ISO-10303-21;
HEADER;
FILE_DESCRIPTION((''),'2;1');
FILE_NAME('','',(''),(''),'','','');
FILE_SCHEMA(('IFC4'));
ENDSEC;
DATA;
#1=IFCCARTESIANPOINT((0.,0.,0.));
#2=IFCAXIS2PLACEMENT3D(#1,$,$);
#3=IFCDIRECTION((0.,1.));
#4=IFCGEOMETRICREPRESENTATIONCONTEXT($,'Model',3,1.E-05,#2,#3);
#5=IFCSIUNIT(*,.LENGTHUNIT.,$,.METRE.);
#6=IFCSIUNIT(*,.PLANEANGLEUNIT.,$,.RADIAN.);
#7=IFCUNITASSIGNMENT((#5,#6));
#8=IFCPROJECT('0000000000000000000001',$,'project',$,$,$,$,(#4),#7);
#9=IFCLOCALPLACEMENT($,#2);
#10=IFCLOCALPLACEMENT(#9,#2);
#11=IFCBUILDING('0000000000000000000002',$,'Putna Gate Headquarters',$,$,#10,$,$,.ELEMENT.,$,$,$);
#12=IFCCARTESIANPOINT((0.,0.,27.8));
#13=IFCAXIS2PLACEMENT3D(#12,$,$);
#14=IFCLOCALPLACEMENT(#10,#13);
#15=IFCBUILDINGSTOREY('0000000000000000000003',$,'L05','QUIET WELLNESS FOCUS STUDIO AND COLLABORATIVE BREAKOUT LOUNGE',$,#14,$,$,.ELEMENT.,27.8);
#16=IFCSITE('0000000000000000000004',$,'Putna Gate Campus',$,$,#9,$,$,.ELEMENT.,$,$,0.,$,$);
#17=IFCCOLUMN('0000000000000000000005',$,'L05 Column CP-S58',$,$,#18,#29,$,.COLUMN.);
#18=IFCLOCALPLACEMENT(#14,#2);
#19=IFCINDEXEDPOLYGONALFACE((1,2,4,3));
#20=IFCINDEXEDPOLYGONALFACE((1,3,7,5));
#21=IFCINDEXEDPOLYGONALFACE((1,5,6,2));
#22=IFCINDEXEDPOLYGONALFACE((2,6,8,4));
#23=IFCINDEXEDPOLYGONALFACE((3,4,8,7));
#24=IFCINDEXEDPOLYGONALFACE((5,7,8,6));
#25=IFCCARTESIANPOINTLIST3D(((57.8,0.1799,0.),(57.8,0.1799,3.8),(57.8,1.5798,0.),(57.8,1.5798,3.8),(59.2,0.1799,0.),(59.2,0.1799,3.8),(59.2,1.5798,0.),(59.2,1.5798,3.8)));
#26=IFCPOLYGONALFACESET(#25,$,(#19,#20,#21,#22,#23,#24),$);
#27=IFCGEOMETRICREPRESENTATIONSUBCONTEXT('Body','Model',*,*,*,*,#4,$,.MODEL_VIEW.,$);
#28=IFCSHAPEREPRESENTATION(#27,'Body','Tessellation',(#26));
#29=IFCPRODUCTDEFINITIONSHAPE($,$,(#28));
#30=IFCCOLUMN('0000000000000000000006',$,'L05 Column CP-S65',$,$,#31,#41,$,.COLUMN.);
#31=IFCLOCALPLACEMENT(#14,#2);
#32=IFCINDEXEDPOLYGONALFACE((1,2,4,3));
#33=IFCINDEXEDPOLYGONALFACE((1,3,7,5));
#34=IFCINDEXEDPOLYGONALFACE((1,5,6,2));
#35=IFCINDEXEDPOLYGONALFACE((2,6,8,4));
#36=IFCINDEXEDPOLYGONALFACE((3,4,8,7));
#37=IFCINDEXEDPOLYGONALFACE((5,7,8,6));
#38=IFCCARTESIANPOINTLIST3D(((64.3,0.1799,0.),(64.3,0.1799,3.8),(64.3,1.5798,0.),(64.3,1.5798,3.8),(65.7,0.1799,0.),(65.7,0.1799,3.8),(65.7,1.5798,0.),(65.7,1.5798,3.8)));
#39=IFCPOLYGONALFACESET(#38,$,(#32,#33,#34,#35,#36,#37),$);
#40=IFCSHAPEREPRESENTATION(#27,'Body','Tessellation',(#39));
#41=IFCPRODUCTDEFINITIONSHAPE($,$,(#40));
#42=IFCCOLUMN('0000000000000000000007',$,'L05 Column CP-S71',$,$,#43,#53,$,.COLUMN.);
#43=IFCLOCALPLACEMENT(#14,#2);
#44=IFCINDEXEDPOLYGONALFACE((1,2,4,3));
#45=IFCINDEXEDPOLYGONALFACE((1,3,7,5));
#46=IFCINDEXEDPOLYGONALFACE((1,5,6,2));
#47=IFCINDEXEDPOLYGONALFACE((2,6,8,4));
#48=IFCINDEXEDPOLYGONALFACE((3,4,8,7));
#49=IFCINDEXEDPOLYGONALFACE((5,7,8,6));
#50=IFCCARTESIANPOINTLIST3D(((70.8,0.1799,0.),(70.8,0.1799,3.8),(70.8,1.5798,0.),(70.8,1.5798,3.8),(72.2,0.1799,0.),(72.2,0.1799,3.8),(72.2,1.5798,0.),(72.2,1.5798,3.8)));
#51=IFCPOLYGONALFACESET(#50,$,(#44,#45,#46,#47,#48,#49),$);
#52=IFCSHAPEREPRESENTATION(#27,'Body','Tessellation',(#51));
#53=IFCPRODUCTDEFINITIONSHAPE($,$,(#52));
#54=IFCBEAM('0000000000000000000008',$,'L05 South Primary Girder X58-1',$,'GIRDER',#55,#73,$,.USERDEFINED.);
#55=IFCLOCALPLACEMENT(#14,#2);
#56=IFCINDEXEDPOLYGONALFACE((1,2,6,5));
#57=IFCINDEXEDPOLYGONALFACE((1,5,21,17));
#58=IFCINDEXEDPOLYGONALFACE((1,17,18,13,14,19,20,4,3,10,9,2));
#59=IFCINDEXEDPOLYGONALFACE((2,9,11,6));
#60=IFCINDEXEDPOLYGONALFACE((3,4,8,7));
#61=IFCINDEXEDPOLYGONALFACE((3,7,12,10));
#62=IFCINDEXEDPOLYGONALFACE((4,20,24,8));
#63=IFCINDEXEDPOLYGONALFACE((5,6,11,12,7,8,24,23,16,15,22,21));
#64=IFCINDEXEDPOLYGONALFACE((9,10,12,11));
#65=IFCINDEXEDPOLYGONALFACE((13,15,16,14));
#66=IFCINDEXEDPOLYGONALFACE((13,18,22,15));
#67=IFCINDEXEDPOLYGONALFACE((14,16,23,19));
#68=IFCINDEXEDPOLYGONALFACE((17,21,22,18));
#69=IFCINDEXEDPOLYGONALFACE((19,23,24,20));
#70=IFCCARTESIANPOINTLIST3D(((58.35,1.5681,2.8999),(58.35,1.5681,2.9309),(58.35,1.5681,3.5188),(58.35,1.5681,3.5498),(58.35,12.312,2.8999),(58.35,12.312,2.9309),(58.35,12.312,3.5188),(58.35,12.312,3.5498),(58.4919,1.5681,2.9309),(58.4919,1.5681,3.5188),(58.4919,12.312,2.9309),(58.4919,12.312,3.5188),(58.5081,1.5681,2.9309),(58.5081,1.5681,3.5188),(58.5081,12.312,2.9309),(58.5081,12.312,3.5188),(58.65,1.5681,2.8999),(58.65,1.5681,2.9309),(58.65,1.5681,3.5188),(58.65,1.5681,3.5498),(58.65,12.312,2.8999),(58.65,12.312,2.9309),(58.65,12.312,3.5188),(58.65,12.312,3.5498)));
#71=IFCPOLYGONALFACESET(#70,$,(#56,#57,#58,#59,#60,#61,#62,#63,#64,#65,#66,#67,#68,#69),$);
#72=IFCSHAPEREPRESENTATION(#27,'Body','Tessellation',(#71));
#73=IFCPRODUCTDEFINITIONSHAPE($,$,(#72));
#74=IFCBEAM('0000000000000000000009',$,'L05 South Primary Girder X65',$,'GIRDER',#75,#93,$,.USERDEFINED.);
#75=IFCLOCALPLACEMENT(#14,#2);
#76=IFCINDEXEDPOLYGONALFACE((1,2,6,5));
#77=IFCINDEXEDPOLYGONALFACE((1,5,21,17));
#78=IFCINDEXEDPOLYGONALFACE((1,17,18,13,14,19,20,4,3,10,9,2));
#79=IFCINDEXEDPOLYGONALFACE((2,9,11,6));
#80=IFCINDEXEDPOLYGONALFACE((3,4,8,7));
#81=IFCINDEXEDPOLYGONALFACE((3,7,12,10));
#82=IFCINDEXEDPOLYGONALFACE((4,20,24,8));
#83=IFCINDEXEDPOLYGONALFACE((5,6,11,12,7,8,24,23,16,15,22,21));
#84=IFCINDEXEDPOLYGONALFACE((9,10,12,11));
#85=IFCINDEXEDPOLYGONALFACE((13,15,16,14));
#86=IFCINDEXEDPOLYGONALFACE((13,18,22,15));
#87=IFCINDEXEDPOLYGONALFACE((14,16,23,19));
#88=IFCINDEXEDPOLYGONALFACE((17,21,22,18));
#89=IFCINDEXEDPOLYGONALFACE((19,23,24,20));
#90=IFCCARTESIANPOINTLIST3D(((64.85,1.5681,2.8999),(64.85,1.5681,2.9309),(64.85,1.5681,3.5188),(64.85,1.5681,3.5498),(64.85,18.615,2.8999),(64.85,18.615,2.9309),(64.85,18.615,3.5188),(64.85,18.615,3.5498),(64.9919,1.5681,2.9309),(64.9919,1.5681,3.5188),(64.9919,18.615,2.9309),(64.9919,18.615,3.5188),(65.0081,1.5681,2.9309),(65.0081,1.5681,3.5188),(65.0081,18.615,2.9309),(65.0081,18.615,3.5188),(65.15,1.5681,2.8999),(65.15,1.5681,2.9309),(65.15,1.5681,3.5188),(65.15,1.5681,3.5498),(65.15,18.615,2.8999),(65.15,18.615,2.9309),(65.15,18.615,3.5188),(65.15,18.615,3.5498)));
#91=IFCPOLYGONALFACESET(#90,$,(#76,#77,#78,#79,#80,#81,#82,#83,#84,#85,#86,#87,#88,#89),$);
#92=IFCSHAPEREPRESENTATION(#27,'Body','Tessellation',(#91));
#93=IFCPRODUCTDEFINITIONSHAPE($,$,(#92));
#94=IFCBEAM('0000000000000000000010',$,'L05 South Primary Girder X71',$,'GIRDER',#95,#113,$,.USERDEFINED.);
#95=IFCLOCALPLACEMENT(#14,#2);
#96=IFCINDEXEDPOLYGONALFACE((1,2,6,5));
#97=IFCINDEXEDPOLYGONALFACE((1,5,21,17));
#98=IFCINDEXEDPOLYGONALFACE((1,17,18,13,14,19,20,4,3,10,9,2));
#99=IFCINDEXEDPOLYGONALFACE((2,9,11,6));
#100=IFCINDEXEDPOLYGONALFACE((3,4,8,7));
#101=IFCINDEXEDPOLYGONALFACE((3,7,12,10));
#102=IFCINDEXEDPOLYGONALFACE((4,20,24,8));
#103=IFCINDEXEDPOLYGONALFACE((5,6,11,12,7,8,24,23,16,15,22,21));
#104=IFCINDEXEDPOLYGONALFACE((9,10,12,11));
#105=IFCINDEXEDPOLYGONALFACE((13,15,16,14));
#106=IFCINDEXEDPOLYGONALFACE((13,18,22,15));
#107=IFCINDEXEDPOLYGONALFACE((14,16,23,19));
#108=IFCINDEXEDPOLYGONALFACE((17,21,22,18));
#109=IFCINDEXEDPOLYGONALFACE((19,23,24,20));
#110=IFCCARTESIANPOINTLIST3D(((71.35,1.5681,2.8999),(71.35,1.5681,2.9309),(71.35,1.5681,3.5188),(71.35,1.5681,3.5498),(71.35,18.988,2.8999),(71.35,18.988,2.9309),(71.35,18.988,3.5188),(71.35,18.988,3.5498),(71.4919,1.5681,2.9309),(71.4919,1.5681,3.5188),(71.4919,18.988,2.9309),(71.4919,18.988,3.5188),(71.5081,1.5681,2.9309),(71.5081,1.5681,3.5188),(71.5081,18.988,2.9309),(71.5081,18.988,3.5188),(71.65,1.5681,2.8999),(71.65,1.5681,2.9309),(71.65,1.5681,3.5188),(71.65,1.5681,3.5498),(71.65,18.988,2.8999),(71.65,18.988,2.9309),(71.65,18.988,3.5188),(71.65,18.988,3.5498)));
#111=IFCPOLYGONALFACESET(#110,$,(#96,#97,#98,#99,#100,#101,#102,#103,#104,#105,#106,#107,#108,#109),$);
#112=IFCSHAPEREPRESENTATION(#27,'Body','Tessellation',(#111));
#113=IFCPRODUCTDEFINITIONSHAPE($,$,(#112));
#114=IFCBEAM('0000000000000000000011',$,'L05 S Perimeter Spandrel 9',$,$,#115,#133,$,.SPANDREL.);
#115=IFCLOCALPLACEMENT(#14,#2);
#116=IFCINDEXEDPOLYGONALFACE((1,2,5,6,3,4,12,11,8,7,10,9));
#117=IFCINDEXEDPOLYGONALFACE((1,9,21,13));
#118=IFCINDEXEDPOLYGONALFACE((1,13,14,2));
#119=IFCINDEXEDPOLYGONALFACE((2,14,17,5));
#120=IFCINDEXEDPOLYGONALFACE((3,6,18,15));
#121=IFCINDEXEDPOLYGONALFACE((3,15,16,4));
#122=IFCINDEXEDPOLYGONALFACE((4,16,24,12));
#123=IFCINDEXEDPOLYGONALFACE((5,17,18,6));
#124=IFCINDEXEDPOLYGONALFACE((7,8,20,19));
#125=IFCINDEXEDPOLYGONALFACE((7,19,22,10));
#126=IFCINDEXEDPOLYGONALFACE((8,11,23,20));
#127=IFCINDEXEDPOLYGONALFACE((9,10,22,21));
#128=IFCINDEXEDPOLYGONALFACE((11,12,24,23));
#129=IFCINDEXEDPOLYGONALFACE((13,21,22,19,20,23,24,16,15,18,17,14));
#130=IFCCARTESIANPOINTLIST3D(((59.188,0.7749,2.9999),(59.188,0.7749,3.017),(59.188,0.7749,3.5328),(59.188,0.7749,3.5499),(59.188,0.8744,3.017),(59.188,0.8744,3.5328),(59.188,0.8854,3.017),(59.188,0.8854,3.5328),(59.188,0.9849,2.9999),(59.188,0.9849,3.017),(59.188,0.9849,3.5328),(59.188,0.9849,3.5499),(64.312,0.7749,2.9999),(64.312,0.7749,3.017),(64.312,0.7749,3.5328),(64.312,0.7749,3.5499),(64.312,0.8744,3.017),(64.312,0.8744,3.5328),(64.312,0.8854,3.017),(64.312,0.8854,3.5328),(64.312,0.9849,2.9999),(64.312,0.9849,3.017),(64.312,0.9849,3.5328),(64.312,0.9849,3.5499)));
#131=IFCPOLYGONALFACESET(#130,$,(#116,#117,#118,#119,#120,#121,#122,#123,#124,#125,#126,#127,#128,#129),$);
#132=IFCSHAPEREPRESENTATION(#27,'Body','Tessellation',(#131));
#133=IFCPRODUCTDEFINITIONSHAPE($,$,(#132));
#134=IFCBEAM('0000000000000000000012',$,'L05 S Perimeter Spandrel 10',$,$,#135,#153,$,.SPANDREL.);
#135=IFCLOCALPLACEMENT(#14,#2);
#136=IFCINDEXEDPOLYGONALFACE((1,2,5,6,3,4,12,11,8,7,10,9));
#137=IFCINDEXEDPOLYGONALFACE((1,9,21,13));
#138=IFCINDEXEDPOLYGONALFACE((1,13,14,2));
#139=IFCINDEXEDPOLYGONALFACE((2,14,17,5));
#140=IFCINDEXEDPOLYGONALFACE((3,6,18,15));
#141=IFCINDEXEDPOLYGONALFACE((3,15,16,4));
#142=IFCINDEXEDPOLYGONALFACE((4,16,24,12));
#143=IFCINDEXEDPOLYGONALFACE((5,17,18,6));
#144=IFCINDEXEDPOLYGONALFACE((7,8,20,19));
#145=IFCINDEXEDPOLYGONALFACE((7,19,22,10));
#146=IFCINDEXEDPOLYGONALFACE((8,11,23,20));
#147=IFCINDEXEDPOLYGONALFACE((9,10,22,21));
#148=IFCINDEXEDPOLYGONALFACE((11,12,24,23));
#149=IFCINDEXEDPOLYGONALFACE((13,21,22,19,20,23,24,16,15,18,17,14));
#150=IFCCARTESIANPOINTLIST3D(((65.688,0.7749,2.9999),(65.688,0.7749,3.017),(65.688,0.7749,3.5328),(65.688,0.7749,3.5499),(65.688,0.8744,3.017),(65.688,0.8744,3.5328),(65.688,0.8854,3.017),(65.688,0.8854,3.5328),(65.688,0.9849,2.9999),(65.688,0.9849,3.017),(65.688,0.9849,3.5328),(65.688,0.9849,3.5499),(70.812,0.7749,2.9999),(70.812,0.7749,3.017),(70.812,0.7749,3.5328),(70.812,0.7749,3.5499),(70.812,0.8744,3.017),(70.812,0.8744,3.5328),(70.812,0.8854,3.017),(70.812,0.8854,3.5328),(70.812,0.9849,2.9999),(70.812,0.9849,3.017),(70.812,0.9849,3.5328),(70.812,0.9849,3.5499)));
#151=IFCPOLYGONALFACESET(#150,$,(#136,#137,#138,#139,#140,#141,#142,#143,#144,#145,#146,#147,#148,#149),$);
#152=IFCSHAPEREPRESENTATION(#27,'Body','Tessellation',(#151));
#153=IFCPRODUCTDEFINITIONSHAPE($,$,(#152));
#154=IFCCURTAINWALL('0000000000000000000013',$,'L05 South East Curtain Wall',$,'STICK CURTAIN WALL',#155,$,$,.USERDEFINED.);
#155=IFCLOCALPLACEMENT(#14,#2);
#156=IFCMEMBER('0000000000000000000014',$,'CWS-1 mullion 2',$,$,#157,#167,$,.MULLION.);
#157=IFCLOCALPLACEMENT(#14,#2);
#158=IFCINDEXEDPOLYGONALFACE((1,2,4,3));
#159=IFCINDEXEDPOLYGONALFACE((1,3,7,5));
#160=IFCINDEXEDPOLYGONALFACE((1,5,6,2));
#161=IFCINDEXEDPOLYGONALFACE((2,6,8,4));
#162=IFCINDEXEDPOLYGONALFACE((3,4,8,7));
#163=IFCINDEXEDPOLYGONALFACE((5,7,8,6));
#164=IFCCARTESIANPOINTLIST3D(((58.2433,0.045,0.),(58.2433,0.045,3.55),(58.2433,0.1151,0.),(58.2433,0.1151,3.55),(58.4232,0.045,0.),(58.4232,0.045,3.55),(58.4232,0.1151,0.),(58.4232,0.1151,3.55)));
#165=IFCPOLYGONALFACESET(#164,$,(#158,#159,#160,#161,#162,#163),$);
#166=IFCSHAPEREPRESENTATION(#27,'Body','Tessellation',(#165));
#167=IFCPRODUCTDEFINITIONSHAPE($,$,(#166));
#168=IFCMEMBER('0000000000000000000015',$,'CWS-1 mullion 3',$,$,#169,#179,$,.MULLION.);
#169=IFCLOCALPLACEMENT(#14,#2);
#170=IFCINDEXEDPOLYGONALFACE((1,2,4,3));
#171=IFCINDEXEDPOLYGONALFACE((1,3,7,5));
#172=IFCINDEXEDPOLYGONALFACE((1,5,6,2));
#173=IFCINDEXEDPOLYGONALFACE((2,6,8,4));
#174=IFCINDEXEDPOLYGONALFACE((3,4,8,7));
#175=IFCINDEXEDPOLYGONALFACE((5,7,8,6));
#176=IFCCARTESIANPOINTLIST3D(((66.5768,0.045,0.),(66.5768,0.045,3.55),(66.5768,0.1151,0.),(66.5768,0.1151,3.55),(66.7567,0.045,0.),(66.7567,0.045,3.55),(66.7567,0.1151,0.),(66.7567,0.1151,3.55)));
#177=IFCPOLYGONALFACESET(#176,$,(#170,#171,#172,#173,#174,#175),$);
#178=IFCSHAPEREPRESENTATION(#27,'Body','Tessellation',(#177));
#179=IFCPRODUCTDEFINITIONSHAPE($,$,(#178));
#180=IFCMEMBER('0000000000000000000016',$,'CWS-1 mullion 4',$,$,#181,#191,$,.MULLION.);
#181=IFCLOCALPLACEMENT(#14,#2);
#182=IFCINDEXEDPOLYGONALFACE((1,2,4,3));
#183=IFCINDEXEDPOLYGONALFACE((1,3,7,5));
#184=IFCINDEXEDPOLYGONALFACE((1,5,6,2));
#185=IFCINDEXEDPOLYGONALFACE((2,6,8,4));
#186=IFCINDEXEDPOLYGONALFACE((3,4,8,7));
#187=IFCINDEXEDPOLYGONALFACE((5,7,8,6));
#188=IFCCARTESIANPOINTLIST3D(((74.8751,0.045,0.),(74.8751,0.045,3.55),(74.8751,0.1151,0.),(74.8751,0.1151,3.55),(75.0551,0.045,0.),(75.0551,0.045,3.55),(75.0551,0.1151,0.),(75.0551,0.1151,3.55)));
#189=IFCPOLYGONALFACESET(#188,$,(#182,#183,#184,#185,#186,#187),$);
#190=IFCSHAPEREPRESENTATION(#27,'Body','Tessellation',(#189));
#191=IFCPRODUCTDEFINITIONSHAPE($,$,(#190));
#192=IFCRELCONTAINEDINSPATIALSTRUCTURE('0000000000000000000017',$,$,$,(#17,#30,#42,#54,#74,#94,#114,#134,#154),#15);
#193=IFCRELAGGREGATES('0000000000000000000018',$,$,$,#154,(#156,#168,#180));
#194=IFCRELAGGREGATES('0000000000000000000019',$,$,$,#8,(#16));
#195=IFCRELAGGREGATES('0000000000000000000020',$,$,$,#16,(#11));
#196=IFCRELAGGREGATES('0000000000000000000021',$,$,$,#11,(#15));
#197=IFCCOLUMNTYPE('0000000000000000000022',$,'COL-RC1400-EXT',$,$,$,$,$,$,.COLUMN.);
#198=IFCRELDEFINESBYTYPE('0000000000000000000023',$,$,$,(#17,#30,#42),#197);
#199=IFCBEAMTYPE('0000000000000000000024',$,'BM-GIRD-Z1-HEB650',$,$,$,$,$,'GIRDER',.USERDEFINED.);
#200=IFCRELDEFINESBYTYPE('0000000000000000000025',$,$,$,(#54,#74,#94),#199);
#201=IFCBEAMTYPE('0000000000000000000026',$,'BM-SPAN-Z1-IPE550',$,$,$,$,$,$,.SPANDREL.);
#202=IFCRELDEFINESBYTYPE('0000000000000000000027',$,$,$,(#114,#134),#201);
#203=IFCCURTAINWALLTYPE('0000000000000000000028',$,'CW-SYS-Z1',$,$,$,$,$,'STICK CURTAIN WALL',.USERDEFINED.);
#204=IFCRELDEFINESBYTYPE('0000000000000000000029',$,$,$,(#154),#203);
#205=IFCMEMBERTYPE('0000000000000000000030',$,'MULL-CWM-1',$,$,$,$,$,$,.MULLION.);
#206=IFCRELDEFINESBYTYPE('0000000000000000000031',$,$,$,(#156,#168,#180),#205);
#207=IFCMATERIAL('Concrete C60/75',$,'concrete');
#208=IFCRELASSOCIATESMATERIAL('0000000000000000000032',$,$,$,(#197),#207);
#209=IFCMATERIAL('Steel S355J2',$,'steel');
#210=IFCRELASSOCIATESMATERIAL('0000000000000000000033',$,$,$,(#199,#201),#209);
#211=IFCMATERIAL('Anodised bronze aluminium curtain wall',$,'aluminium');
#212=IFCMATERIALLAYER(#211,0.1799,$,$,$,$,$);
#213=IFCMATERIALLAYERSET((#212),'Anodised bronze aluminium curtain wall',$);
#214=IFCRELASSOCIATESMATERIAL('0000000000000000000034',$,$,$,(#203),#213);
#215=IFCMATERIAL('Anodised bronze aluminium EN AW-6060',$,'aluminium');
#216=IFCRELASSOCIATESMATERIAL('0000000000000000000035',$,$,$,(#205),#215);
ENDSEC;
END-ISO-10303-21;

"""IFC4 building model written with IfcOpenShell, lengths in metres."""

from ifc_helpers import new_model, si_unit, direction, frame, origin, origin_2d, place, context, subcontext, project, spatial, rectangle, i_section, extrude, material, layer, layer_set, material_profile, profile_set, type_object, element, aggregate, save


model = new_model("IFC4")

# Units and contexts
model_context = context("Model", 3, precision=1e-05, world=origin(), true_north=direction((0.0, 1.0)))
body_context = subcontext(model_context, "Body", "Model", "MODEL_VIEW")
ifc_project = project(units=[si_unit("LENGTHUNIT", "METRE"), si_unit("PLANEANGLEUNIT", "RADIAN")], contexts=[model_context])

# Site, building, storey
site_placement = place(None, origin())
site = spatial("IfcSite", under=ifc_project, at=site_placement, Name="Putna Gate Campus", CompositionType="ELEMENT", RefElevation=0.0)
building_placement = place(site_placement, origin())
building = spatial("IfcBuilding", under=site, at=building_placement, Name="Putna Gate Headquarters", CompositionType="ELEMENT")
storey_placement = place(building_placement, frame((0.0, 0.0, 27.8)))
storey = spatial("IfcBuildingStorey", under=building, at=storey_placement, Name="L05", Description="QUIET WELLNESS FOCUS STUDIO AND COLLABORATIVE BREAKOUT LOUNGE", CompositionType="ELEMENT", Elevation=27.8)

# Columns
ifc_material_1 = material(Name="Concrete C60/75", Category="concrete")
ifc_material_profile_1 = material_profile(ifc_material_1, rectangle(XDim=1.3999, YDim=1.3999, at=origin_2d()), Name="Concrete C60/75")
ifc_profile_set_1 = profile_set([ifc_material_profile_1], Name="Concrete C60/75")
column_type = type_object("IfcColumnType", Name="COL-RC1400-EXT", PredefinedType="COLUMN", material=ifc_profile_set_1)
for number, where, z_axis, x_axis, name in (
    (1, (58.5, 0.8799, 0.0), (0.0, 0.0, 1.0), (1.0, 0.0, 0.0), "L05 Column CP-S58"),
    (2, (65.0, 0.8799, 0.0), (0.0, 0.0, 1.0), (1.0, 0.0, 0.0), "L05 Column CP-S65"),
    (3, (71.5, 0.8799, 0.0), (0.0, 0.0, 1.0), (1.0, 0.0, 0.0), "L05 Column CP-S71"),
):
    element("IfcColumn", number, at=place(storey_placement, frame(where, z_axis=z_axis, x_axis=x_axis)), inside=storey, type_object=column_type, Name=name, PredefinedType="COLUMN", context=body_context, shape_type="SweptSolid", body=[
        extrude(rectangle(XDim=1.3999, YDim=1.3999, at=origin_2d()), origin(), (0.0, 0.0, 1.0), 3.8),
    ])

# Beams
ifc_material_2 = material(Name="Steel S355J2", Category="steel")
ifc_material_profile_2 = material_profile(ifc_material_2, i_section(OverallWidth=0.3, OverallDepth=0.6499, WebThickness=0.0161, FlangeThickness=0.031, at=origin_2d()), Name="Steel S355J2")
ifc_profile_set_2 = profile_set([ifc_material_profile_2], Name="Steel S355J2")
beam_type_1 = type_object("IfcBeamType", Name="BM-GIRD-Z1-HEB650", ElementType="GIRDER", PredefinedType="USERDEFINED", material=ifc_profile_set_2)
beam_1_placement = place(storey_placement, frame((58.5, 1.5681, 3.2249), z_axis=(0.0, 1.0, 0.0), x_axis=(-1.0, 0.0, 0.0)))
element("IfcBeam", 4, at=beam_1_placement, inside=storey, type_object=beam_type_1, Name="L05 South Primary Girder X58-1", ObjectType="GIRDER", PredefinedType="USERDEFINED", context=body_context, shape_type="SweptSolid", body=[
    extrude(i_section(OverallWidth=0.3, OverallDepth=0.6499, WebThickness=0.0161, FlangeThickness=0.031, at=origin_2d()), origin(), (0.0, 0.0, 1.0), 10.7439),
])
beam_2_placement = place(storey_placement, frame((65.0, 1.5681, 3.2249), z_axis=(0.0, 1.0, 0.0), x_axis=(-1.0, 0.0, 0.0)))
element("IfcBeam", 5, at=beam_2_placement, inside=storey, type_object=beam_type_1, Name="L05 South Primary Girder X65", ObjectType="GIRDER", PredefinedType="USERDEFINED", context=body_context, shape_type="SweptSolid", body=[
    extrude(i_section(OverallWidth=0.3, OverallDepth=0.6499, WebThickness=0.0161, FlangeThickness=0.031, at=origin_2d()), origin(), (0.0, 0.0, 1.0), 17.0469),
])
beam_3_placement = place(storey_placement, frame((71.5, 1.5681, 3.2249), z_axis=(0.0, 1.0, 0.0), x_axis=(-1.0, 0.0, 0.0)))
element("IfcBeam", 6, at=beam_3_placement, inside=storey, type_object=beam_type_1, Name="L05 South Primary Girder X71", ObjectType="GIRDER", PredefinedType="USERDEFINED", context=body_context, shape_type="SweptSolid", body=[
    extrude(i_section(OverallWidth=0.3, OverallDepth=0.6499, WebThickness=0.0161, FlangeThickness=0.031, at=origin_2d()), origin(), (0.0, 0.0, 1.0), 17.4199),
])
ifc_material_profile_3 = material_profile(ifc_material_2, i_section(OverallWidth=0.21, OverallDepth=0.55, WebThickness=0.011, FlangeThickness=0.0171, at=origin_2d()), Name="Steel S355J2")
ifc_profile_set_3 = profile_set([ifc_material_profile_3], Name="Steel S355J2")
beam_type_2 = type_object("IfcBeamType", Name="BM-SPAN-Z1-IPE550", PredefinedType="SPANDREL", material=ifc_profile_set_3)
for number, where, z_axis, x_axis, name in (
    (7, (59.188, 0.8799, 3.2749), (1.0, 0.0, 0.0), (0.0, 1.0, 0.0), "L05 S Perimeter Spandrel 9"),
    (8, (65.688, 0.8799, 3.2749), (1.0, 0.0, 0.0), (0.0, 1.0, 0.0), "L05 S Perimeter Spandrel 10"),
):
    element("IfcBeam", number, at=place(storey_placement, frame(where, z_axis=z_axis, x_axis=x_axis)), inside=storey, type_object=beam_type_2, Name=name, PredefinedType="SPANDREL", context=body_context, shape_type="SweptSolid", body=[
        extrude(i_section(OverallWidth=0.21, OverallDepth=0.55, WebThickness=0.011, FlangeThickness=0.0171, at=origin_2d()), origin(), (0.0, 0.0, 1.0), 5.124),
    ])

# Curtain wall, members
ifc_material_3 = material(Name="Anodised bronze aluminium curtain wall", Category="aluminium")
ifc_layer_1 = layer(ifc_material_3, 0.1799)
ifc_layer_set_1 = layer_set([ifc_layer_1], Name="Anodised bronze aluminium curtain wall")
curtain_wall_type = type_object("IfcCurtainWallType", Name="CW-SYS-Z1", ElementType="STICK CURTAIN WALL", PredefinedType="USERDEFINED", material=ifc_layer_set_1)
curtain_wall_1_placement = place(storey_placement, origin())
curtain_wall_1 = element("IfcCurtainWall", 9, at=curtain_wall_1_placement, inside=storey, type_object=curtain_wall_type, Name="L05 South East Curtain Wall", ObjectType="STICK CURTAIN WALL", PredefinedType="USERDEFINED")
ifc_material_4 = material(Name="Anodised bronze aluminium EN AW-6060", Category="aluminium")
ifc_material_profile_4 = material_profile(ifc_material_4, rectangle(XDim=0.0701, YDim=0.1799, at=origin_2d()), Name="Anodised bronze aluminium EN AW-6060")
ifc_profile_set_4 = profile_set([ifc_material_profile_4], Name="Anodised bronze aluminium EN AW-6060")
member_type_1 = type_object("IfcMemberType", Name="MULL-CWM-1", PredefinedType="MULLION", material=ifc_profile_set_4)
member_1_placement = place(storey_placement, frame((58.3333, 0.0801, 0.0), z_axis=(0.0, 0.0, 1.0), x_axis=(0.0, 1.0, 0.0)))
member_1 = element("IfcMember", 10, at=member_1_placement, type_object=member_type_1, Name="CWS-1 mullion 2", PredefinedType="MULLION", context=body_context, shape_type="SweptSolid", body=[
    extrude(rectangle(XDim=0.0701, YDim=0.1799, at=origin_2d()), origin(), (0.0, 0.0, 1.0), 3.55),
])
member_2_placement = place(storey_placement, frame((66.6667, 0.0801, 0.0), z_axis=(0.0, 0.0, 1.0), x_axis=(0.0, 1.0, 0.0)))
member_2 = element("IfcMember", 11, at=member_2_placement, type_object=member_type_1, Name="CWS-1 mullion 3", PredefinedType="MULLION", context=body_context, shape_type="SweptSolid", body=[
    extrude(rectangle(XDim=0.0701, YDim=0.1799, at=origin_2d()), origin(), (0.0, 0.0, 1.0), 3.55),
])
member_3_placement = place(storey_placement, frame((74.9651, 0.0801, 0.0), z_axis=(0.0, 0.0, 1.0), x_axis=(0.0, 1.0, 0.0)))
member_3 = element("IfcMember", 12, at=member_3_placement, type_object=member_type_1, Name="CWS-1 mullion 4", PredefinedType="MULLION", context=body_context, shape_type="SweptSolid", body=[
    extrude(rectangle(XDim=0.0701, YDim=0.1799, at=origin_2d()), origin(), (0.0, 0.0, 1.0), 3.55),
])

aggregate(curtain_wall_1, [member_1, member_2, member_3])

save(model, "model.ifc")
